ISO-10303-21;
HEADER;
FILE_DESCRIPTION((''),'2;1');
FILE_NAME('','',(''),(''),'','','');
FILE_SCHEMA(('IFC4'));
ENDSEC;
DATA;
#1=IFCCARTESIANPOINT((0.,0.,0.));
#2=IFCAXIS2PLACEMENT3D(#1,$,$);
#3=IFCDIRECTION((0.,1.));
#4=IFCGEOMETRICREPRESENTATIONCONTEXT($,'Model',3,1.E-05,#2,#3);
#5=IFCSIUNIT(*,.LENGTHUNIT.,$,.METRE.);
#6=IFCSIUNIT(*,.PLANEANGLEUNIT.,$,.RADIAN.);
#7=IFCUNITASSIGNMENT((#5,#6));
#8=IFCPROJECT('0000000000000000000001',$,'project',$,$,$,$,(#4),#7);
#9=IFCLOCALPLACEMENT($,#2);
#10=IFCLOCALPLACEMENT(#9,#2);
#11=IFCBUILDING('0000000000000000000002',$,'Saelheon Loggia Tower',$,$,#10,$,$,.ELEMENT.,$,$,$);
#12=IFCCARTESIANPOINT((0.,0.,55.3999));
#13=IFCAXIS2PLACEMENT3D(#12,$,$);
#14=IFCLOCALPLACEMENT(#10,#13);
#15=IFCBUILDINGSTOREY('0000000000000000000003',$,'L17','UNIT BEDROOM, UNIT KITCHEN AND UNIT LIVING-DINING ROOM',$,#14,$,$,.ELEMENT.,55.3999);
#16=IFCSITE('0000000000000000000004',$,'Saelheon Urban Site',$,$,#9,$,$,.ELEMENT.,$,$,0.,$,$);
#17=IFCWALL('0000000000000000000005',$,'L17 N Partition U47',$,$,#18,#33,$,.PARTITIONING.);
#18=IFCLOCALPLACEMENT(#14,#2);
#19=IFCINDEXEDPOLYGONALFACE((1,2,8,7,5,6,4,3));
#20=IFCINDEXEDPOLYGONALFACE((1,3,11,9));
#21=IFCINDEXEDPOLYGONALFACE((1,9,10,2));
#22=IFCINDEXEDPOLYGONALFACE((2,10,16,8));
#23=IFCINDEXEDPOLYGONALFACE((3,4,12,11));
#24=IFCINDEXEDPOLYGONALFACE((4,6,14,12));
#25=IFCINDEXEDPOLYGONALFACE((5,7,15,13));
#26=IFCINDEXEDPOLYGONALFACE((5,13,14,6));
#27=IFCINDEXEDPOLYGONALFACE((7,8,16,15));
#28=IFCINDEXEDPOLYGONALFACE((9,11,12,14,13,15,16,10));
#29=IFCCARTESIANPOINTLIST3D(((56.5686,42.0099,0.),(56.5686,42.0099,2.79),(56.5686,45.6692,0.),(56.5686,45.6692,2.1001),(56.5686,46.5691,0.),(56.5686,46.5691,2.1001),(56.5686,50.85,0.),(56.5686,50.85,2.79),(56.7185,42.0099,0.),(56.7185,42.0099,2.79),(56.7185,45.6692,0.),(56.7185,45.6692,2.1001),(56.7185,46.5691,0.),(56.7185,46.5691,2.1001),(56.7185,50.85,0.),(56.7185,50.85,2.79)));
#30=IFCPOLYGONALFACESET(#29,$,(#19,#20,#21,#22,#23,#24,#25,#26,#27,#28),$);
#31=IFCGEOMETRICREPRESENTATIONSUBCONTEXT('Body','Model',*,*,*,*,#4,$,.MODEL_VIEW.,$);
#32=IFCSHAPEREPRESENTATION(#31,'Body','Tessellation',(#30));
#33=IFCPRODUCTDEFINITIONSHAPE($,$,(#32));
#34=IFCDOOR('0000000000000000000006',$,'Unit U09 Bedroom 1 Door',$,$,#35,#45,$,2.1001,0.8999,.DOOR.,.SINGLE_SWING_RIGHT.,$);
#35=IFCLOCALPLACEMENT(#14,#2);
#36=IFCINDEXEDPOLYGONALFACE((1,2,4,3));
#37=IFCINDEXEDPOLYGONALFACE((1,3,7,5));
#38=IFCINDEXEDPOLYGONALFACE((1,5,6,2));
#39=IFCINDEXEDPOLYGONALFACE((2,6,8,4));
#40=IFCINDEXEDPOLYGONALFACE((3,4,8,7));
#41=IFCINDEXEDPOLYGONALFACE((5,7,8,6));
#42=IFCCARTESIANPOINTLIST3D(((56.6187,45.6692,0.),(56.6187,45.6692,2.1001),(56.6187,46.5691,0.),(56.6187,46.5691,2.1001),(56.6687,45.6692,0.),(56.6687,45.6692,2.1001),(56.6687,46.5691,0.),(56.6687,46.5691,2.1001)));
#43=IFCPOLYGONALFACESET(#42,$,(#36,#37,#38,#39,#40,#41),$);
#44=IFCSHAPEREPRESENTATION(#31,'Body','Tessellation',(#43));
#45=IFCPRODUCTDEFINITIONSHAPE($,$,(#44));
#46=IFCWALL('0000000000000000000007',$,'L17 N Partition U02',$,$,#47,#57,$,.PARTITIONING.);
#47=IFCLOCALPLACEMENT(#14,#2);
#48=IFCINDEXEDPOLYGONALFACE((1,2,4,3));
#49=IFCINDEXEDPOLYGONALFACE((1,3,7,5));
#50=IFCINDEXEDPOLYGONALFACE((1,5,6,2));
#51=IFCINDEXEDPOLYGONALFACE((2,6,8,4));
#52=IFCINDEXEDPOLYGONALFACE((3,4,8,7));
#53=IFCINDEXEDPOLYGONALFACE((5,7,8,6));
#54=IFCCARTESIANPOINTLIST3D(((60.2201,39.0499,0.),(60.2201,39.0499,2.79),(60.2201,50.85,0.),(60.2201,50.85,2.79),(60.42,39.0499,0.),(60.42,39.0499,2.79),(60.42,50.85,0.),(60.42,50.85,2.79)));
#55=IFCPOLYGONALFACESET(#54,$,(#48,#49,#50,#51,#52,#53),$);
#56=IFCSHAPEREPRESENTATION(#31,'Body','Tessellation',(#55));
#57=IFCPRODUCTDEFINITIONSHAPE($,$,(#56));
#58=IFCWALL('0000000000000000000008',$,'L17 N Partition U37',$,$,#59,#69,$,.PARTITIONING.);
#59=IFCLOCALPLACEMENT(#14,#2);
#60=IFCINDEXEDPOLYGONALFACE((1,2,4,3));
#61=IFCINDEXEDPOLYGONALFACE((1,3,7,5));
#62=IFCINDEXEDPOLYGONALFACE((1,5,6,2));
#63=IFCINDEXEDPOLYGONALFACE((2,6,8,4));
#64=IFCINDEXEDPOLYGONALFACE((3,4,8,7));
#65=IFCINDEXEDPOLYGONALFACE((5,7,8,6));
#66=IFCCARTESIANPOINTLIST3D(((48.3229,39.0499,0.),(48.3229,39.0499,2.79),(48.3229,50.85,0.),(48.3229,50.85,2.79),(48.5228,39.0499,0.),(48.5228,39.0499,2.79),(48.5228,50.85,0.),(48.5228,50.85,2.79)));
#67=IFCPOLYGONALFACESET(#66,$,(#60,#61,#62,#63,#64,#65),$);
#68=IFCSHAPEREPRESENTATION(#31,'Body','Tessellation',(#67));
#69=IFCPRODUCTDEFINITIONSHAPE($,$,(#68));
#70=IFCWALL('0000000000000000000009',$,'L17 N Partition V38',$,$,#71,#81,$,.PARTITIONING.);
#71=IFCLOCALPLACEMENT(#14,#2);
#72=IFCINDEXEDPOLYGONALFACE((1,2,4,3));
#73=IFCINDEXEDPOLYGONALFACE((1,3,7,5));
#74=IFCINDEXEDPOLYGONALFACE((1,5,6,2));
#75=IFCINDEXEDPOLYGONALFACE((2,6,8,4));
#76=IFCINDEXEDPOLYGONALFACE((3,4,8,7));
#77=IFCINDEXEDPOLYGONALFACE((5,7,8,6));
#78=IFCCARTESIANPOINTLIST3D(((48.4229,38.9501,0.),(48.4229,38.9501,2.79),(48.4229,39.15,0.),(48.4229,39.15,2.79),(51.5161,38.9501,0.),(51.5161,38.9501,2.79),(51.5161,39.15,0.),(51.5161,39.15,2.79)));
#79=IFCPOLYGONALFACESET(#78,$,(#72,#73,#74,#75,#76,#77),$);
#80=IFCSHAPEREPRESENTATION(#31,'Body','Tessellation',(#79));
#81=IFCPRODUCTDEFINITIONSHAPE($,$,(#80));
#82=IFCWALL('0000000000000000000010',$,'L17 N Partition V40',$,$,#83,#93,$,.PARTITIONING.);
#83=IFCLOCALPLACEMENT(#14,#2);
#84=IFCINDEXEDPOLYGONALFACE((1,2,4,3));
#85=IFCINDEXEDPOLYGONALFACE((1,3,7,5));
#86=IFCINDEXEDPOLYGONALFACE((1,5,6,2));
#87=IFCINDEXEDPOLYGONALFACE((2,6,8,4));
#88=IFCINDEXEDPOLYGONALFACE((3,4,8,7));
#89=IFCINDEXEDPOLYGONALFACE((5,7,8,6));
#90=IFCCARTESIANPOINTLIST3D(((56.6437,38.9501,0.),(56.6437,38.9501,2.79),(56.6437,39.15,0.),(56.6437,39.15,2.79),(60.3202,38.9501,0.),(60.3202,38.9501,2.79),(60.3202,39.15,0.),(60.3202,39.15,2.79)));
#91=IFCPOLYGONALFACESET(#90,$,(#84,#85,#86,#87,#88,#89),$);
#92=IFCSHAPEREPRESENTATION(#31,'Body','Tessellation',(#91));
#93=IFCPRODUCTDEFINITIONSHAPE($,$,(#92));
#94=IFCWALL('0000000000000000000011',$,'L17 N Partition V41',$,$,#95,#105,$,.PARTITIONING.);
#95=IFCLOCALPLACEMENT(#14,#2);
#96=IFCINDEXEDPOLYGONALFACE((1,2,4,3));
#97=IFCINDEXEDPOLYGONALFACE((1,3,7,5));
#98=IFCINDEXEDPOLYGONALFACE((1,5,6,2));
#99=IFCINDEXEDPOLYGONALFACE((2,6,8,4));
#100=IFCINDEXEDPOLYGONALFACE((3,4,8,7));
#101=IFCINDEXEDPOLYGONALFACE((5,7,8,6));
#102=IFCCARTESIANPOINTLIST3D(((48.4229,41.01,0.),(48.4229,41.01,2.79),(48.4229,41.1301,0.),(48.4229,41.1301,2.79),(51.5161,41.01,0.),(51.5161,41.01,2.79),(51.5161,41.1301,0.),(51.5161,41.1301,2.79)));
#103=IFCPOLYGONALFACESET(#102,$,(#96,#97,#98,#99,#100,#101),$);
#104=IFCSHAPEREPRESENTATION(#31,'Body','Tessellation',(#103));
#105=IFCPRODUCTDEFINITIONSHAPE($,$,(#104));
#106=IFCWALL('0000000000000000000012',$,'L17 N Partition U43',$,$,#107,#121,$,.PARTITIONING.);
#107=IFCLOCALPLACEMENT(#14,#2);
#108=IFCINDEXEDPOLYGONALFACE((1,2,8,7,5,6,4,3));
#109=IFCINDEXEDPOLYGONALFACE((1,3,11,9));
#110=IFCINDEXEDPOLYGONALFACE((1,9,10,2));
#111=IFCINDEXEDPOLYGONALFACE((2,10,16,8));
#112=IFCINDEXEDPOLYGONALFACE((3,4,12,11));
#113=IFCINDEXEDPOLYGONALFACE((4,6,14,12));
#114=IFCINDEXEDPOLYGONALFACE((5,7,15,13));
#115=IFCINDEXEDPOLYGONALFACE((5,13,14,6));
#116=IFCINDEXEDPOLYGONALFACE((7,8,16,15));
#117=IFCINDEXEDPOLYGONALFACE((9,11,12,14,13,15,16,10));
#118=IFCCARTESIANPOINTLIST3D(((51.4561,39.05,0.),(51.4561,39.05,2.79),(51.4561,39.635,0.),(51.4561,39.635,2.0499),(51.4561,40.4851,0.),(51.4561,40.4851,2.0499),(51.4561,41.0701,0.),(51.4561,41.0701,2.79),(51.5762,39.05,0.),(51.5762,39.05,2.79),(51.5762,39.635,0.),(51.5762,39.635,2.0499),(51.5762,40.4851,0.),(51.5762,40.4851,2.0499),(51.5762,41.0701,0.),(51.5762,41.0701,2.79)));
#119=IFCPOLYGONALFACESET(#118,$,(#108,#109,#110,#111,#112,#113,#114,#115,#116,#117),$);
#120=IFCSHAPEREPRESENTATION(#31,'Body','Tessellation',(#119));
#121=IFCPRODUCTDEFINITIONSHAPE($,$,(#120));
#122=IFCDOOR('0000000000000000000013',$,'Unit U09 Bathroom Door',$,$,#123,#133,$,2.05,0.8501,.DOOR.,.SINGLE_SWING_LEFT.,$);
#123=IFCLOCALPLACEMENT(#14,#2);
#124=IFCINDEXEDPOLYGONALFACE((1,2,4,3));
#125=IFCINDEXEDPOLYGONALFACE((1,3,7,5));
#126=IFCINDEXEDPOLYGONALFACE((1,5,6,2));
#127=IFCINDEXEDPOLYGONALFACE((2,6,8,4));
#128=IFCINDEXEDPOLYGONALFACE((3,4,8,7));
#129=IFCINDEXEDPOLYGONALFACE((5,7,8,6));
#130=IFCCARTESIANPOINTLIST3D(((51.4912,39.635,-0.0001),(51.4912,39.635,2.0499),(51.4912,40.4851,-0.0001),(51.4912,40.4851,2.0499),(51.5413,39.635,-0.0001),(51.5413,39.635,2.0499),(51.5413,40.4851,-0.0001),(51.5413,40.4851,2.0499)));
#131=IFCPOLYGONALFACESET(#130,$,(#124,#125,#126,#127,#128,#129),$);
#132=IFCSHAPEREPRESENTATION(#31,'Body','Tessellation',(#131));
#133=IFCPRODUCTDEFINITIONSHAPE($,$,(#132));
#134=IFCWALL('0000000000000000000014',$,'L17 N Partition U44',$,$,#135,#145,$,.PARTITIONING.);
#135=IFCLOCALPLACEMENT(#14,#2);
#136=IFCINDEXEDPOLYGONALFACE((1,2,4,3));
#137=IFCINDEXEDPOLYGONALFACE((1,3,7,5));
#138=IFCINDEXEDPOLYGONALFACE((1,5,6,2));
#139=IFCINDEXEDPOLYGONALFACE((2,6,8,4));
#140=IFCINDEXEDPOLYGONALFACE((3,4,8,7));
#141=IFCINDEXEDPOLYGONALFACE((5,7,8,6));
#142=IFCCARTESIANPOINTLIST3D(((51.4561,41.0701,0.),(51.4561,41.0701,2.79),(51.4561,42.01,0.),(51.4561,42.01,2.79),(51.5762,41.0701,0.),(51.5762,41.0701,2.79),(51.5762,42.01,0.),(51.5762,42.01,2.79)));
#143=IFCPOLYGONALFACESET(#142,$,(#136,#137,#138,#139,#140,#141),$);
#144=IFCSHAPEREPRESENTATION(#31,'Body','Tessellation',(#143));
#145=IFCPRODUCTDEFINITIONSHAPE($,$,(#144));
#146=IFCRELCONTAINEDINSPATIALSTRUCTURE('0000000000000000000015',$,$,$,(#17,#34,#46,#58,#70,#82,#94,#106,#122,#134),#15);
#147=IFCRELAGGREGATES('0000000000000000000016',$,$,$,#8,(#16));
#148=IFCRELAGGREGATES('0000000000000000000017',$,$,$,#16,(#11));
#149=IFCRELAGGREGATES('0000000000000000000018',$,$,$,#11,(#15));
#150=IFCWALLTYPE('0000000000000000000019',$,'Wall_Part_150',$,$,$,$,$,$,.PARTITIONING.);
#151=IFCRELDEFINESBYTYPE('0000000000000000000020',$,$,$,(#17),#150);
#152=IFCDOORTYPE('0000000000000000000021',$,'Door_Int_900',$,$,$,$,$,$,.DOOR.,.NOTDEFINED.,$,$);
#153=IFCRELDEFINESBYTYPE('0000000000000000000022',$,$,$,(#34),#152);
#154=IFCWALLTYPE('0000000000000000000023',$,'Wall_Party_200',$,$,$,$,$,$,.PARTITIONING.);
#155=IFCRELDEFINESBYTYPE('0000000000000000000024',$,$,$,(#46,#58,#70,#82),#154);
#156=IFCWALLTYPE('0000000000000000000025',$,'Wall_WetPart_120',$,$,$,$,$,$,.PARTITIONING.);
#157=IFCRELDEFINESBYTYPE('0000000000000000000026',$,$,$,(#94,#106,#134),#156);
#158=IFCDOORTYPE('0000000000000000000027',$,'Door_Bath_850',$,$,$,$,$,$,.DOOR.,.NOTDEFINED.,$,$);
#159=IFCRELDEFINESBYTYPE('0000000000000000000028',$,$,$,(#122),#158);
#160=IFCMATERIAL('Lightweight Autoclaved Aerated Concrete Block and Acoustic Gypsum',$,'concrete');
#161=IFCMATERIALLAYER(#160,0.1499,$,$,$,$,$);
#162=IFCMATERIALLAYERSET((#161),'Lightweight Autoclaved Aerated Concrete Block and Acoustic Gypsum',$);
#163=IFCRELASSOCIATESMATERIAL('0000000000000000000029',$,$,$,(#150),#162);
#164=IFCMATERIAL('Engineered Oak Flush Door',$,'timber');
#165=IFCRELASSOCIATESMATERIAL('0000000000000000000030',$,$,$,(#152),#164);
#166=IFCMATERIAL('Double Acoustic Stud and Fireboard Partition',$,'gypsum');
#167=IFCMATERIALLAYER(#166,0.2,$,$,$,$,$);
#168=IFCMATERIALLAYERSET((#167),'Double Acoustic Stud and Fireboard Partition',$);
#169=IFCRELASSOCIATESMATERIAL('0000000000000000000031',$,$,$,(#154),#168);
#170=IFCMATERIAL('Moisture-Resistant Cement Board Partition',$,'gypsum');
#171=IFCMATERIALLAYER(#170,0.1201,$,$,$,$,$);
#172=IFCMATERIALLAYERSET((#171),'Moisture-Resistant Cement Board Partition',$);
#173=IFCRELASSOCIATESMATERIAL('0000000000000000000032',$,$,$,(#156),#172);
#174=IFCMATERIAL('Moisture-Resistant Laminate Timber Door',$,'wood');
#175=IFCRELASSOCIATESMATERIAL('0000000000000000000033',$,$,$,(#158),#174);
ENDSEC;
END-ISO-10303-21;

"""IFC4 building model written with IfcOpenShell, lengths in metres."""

from ifc_helpers import new_model, si_unit, direction, frame, frame_2d, origin, place, context, subcontext, project, spatial, rectangle, extrude, source, transform, mapped, material, layer, layer_set, type_object, element, fill, save


model = new_model("IFC4")

# Units and contexts
model_context = context("Model", 3, precision=1e-05, world=origin(), true_north=direction((0.0, 1.0)))
body_context = subcontext(model_context, "Body", "Model", "MODEL_VIEW")
ifc_project = project(units=[si_unit("LENGTHUNIT", "METRE"), si_unit("PLANEANGLEUNIT", "RADIAN")], contexts=[model_context])

# Site, building, storey
site_placement = place(None, origin())
site = spatial("IfcSite", under=ifc_project, at=site_placement, Name="Saelheon Urban Site", CompositionType="ELEMENT", RefElevation=0.0)
building_placement = place(site_placement, origin())
building = spatial("IfcBuilding", under=site, at=building_placement, Name="Saelheon Loggia Tower", CompositionType="ELEMENT")
storey_placement = place(building_placement, frame((0.0, 0.0, 55.3999)))
storey = spatial("IfcBuildingStorey", under=building, at=storey_placement, Name="L17", Description="UNIT BEDROOM, UNIT KITCHEN AND UNIT LIVING-DINING ROOM", CompositionType="ELEMENT", Elevation=55.3999)

# Shared definitions
ifc_material_1 = material(Name="Lightweight Autoclaved Aerated Concrete Block and Acoustic Gypsum", Category="concrete")
ifc_layer_1 = layer(ifc_material_1, 0.1499)
ifc_layer_set_1 = layer_set([ifc_layer_1], Name="Lightweight Autoclaved Aerated Concrete Block and Acoustic Gypsum")
wall_type_1 = type_object("IfcWallType", Name="Wall_Part_150", PredefinedType="PARTITIONING", material=ifc_layer_set_1)

# Wall, opening, door
ifc_material_2 = material(Name="Engineered Oak Flush Door", Category="timber")
door_type_1 = type_object("IfcDoorType", Name="Door_Int_900", OperationType="NOTDEFINED", PredefinedType="DOOR", material=ifc_material_2)
shared_shape_1 = source(origin(), body_context, "Body", "SweptSolid", [
    extrude(rectangle(XDim=0.8999, YDim=2.1001, at=frame_2d((0.45, 1.05))), frame((0.0, 0.0249, 0.0), z_axis=(0.0, -1.0, 0.0), x_axis=(1.0, 0.0, 0.0)), (0.0, 0.0, 1.0), 0.05),
])
wall_1_placement = place(storey_placement, frame((56.6436, 42.01, 0.0), z_axis=(0.0, 0.0, 1.0), x_axis=(0.0, 1.0, 0.0)))
wall_1 = element("IfcWall", 1, at=wall_1_placement, inside=storey, type_object=wall_type_1, Name="L17 N Partition U47", PredefinedType="PARTITIONING", context=body_context, shape_type="SweptSolid", body=[
    extrude(rectangle(XDim=8.8401, YDim=0.1499, at=frame_2d((4.4199, 0.0))), origin(), (0.0, 0.0, 1.0), 2.79),
])
opening_1_placement = place(wall_1_placement, frame((3.6592, 0.0, 0.0)))
opening_1 = element("IfcOpeningElement", 2, at=opening_1_placement, cuts=wall_1, PredefinedType="OPENING", context=body_context, shape_type="SweptSolid", body=[
    extrude(rectangle(XDim=0.8999, YDim=2.1001, at=frame_2d((0.45, 1.05))), frame((0.0, 0.0869, 0.0), z_axis=(0.0, -1.0, 0.0), x_axis=(1.0, 0.0, 0.0)), (0.0, 0.0, 1.0), 0.1738),
])
door_1_placement = place(opening_1_placement, origin())
door_1 = element("IfcDoor", 3, at=door_1_placement, inside=storey, type_object=door_type_1, Name="Unit U09 Bedroom 1 Door", OperationType="SINGLE_SWING_RIGHT", OverallHeight=2.1001, OverallWidth=0.8999, PredefinedType="DOOR", context=body_context, shape_type="MappedRepresentation", body=[
    mapped(shared_shape_1, transform((0.0, 0.0, 0.0), scale=1.0)),
])
fill(opening_1, door_1)

# Walls
ifc_material_3 = material(Name="Double Acoustic Stud and Fireboard Partition", Category="gypsum")
ifc_layer_2 = layer(ifc_material_3, 0.2)
ifc_layer_set_2 = layer_set([ifc_layer_2], Name="Double Acoustic Stud and Fireboard Partition")
wall_type_2 = type_object("IfcWallType", Name="Wall_Party_200", PredefinedType="PARTITIONING", material=ifc_layer_set_2)
for number, where, z_axis, x_axis, name in (
    (4, (60.3201, 39.05, 0.0), (0.0, 0.0, 1.0), (0.0, 1.0, 0.0), "L17 N Partition U02"),
    (5, (48.4229, 39.05, 0.0), (0.0, 0.0, 1.0), (0.0, 1.0, 0.0), "L17 N Partition U37"),
):
    element("IfcWall", number, at=place(storey_placement, frame(where, z_axis=z_axis, x_axis=x_axis)), inside=storey, type_object=wall_type_2, Name=name, PredefinedType="PARTITIONING", context=body_context, shape_type="SweptSolid", body=[
        extrude(rectangle(XDim=11.8, YDim=0.2, at=frame_2d((5.8999, 0.0))), origin(), (0.0, 0.0, 1.0), 2.79),
    ])
wall_2_placement = place(storey_placement, frame((48.4229, 39.05, 0.0), z_axis=(0.0, 0.0, 1.0), x_axis=(1.0, 0.0, 0.0)))
element("IfcWall", 6, at=wall_2_placement, inside=storey, type_object=wall_type_2, Name="L17 N Partition V38", PredefinedType="PARTITIONING", context=body_context, shape_type="SweptSolid", body=[
    extrude(rectangle(XDim=3.0933, YDim=0.2, at=frame_2d((1.5466, 0.0))), origin(), (0.0, 0.0, 1.0), 2.79),
])

# Walls
wall_3_placement = place(storey_placement, frame((56.6436, 39.05, 0.0), z_axis=(0.0, 0.0, 1.0), x_axis=(1.0, 0.0, 0.0)))
element("IfcWall", 7, at=wall_3_placement, inside=storey, type_object=wall_type_2, Name="L17 N Partition V40", PredefinedType="PARTITIONING", context=body_context, shape_type="SweptSolid", body=[
    extrude(rectangle(XDim=3.6765, YDim=0.2, at=frame_2d((1.8384, 0.0))), origin(), (0.0, 0.0, 1.0), 2.79),
])
ifc_material_4 = material(Name="Moisture-Resistant Cement Board Partition", Category="gypsum")
ifc_layer_3 = layer(ifc_material_4, 0.1201)
ifc_layer_set_3 = layer_set([ifc_layer_3], Name="Moisture-Resistant Cement Board Partition")
wall_type_3 = type_object("IfcWallType", Name="Wall_WetPart_120", PredefinedType="PARTITIONING", material=ifc_layer_set_3)
wall_4_placement = place(storey_placement, frame((48.4229, 41.0701, 0.0), z_axis=(0.0, 0.0, 1.0), x_axis=(1.0, 0.0, 0.0)))
element("IfcWall", 8, at=wall_4_placement, inside=storey, type_object=wall_type_3, Name="L17 N Partition V41", PredefinedType="PARTITIONING", context=body_context, shape_type="SweptSolid", body=[
    extrude(rectangle(XDim=3.0933, YDim=0.1201, at=frame_2d((1.5466, 0.0))), origin(), (0.0, 0.0, 1.0), 2.79),
])

# Wall, opening, door
wall_5_placement = place(storey_placement, frame((51.5161, 39.05, 0.0), z_axis=(0.0, 0.0, 1.0), x_axis=(0.0, 1.0, 0.0)))
wall_5 = element("IfcWall", 9, at=wall_5_placement, inside=storey, type_object=wall_type_3, Name="L17 N Partition U43", PredefinedType="PARTITIONING", context=body_context, shape_type="SweptSolid", body=[
    extrude(rectangle(XDim=2.02, YDim=0.1201, at=frame_2d((1.01, 0.0))), origin(), (0.0, 0.0, 1.0), 2.79),
])
opening_2_placement = place(wall_5_placement, frame((0.585, 0.0, 0.0)))
opening_2 = element("IfcOpeningElement", 10, at=opening_2_placement, cuts=wall_5, PredefinedType="OPENING", context=body_context, shape_type="SweptSolid", body=[
    extrude(rectangle(XDim=0.8501, YDim=2.05, at=frame_2d((0.425, 1.0249))), frame((0.0, 0.072, 0.0), z_axis=(0.0, -1.0, 0.0), x_axis=(1.0, 0.0, 0.0)), (0.0, 0.0, 1.0), 0.144),
])
ifc_material_5 = material(Name="Moisture-Resistant Laminate Timber Door", Category="wood")
door_type_2 = type_object("IfcDoorType", Name="Door_Bath_850", OperationType="NOTDEFINED", PredefinedType="DOOR", material=ifc_material_5)
shared_shape_2 = source(origin(), body_context, "Body", "SweptSolid", [
    extrude(rectangle(XDim=0.8501, YDim=2.05, at=frame_2d((0.425, 1.0249))), frame((0.0, 0.0249, 0.0), z_axis=(0.0, -1.0, 0.0), x_axis=(1.0, 0.0, 0.0)), (0.0, 0.0, 1.0), 0.05),
])
door_2_placement = place(opening_2_placement, origin())
door_2 = element("IfcDoor", 11, at=door_2_placement, inside=storey, type_object=door_type_2, Name="Unit U09 Bathroom Door", OperationType="SINGLE_SWING_LEFT", OverallHeight=2.05, OverallWidth=0.8501, PredefinedType="DOOR", context=body_context, shape_type="MappedRepresentation", body=[
    mapped(shared_shape_2, transform((0.0, 0.0, 0.0), scale=1.0)),
])
fill(opening_2, door_2)

# Wall
wall_6_placement = place(storey_placement, frame((51.5161, 41.0701, 0.0), z_axis=(0.0, 0.0, 1.0), x_axis=(0.0, 1.0, 0.0)))
element("IfcWall", 12, at=wall_6_placement, inside=storey, type_object=wall_type_3, Name="L17 N Partition U44", PredefinedType="PARTITIONING", context=body_context, shape_type="SweptSolid", body=[
    extrude(rectangle(XDim=0.9399, YDim=0.1201, at=frame_2d((0.47, 0.0))), origin(), (0.0, 0.0, 1.0), 2.79),
])

save(model, "model.ifc")
